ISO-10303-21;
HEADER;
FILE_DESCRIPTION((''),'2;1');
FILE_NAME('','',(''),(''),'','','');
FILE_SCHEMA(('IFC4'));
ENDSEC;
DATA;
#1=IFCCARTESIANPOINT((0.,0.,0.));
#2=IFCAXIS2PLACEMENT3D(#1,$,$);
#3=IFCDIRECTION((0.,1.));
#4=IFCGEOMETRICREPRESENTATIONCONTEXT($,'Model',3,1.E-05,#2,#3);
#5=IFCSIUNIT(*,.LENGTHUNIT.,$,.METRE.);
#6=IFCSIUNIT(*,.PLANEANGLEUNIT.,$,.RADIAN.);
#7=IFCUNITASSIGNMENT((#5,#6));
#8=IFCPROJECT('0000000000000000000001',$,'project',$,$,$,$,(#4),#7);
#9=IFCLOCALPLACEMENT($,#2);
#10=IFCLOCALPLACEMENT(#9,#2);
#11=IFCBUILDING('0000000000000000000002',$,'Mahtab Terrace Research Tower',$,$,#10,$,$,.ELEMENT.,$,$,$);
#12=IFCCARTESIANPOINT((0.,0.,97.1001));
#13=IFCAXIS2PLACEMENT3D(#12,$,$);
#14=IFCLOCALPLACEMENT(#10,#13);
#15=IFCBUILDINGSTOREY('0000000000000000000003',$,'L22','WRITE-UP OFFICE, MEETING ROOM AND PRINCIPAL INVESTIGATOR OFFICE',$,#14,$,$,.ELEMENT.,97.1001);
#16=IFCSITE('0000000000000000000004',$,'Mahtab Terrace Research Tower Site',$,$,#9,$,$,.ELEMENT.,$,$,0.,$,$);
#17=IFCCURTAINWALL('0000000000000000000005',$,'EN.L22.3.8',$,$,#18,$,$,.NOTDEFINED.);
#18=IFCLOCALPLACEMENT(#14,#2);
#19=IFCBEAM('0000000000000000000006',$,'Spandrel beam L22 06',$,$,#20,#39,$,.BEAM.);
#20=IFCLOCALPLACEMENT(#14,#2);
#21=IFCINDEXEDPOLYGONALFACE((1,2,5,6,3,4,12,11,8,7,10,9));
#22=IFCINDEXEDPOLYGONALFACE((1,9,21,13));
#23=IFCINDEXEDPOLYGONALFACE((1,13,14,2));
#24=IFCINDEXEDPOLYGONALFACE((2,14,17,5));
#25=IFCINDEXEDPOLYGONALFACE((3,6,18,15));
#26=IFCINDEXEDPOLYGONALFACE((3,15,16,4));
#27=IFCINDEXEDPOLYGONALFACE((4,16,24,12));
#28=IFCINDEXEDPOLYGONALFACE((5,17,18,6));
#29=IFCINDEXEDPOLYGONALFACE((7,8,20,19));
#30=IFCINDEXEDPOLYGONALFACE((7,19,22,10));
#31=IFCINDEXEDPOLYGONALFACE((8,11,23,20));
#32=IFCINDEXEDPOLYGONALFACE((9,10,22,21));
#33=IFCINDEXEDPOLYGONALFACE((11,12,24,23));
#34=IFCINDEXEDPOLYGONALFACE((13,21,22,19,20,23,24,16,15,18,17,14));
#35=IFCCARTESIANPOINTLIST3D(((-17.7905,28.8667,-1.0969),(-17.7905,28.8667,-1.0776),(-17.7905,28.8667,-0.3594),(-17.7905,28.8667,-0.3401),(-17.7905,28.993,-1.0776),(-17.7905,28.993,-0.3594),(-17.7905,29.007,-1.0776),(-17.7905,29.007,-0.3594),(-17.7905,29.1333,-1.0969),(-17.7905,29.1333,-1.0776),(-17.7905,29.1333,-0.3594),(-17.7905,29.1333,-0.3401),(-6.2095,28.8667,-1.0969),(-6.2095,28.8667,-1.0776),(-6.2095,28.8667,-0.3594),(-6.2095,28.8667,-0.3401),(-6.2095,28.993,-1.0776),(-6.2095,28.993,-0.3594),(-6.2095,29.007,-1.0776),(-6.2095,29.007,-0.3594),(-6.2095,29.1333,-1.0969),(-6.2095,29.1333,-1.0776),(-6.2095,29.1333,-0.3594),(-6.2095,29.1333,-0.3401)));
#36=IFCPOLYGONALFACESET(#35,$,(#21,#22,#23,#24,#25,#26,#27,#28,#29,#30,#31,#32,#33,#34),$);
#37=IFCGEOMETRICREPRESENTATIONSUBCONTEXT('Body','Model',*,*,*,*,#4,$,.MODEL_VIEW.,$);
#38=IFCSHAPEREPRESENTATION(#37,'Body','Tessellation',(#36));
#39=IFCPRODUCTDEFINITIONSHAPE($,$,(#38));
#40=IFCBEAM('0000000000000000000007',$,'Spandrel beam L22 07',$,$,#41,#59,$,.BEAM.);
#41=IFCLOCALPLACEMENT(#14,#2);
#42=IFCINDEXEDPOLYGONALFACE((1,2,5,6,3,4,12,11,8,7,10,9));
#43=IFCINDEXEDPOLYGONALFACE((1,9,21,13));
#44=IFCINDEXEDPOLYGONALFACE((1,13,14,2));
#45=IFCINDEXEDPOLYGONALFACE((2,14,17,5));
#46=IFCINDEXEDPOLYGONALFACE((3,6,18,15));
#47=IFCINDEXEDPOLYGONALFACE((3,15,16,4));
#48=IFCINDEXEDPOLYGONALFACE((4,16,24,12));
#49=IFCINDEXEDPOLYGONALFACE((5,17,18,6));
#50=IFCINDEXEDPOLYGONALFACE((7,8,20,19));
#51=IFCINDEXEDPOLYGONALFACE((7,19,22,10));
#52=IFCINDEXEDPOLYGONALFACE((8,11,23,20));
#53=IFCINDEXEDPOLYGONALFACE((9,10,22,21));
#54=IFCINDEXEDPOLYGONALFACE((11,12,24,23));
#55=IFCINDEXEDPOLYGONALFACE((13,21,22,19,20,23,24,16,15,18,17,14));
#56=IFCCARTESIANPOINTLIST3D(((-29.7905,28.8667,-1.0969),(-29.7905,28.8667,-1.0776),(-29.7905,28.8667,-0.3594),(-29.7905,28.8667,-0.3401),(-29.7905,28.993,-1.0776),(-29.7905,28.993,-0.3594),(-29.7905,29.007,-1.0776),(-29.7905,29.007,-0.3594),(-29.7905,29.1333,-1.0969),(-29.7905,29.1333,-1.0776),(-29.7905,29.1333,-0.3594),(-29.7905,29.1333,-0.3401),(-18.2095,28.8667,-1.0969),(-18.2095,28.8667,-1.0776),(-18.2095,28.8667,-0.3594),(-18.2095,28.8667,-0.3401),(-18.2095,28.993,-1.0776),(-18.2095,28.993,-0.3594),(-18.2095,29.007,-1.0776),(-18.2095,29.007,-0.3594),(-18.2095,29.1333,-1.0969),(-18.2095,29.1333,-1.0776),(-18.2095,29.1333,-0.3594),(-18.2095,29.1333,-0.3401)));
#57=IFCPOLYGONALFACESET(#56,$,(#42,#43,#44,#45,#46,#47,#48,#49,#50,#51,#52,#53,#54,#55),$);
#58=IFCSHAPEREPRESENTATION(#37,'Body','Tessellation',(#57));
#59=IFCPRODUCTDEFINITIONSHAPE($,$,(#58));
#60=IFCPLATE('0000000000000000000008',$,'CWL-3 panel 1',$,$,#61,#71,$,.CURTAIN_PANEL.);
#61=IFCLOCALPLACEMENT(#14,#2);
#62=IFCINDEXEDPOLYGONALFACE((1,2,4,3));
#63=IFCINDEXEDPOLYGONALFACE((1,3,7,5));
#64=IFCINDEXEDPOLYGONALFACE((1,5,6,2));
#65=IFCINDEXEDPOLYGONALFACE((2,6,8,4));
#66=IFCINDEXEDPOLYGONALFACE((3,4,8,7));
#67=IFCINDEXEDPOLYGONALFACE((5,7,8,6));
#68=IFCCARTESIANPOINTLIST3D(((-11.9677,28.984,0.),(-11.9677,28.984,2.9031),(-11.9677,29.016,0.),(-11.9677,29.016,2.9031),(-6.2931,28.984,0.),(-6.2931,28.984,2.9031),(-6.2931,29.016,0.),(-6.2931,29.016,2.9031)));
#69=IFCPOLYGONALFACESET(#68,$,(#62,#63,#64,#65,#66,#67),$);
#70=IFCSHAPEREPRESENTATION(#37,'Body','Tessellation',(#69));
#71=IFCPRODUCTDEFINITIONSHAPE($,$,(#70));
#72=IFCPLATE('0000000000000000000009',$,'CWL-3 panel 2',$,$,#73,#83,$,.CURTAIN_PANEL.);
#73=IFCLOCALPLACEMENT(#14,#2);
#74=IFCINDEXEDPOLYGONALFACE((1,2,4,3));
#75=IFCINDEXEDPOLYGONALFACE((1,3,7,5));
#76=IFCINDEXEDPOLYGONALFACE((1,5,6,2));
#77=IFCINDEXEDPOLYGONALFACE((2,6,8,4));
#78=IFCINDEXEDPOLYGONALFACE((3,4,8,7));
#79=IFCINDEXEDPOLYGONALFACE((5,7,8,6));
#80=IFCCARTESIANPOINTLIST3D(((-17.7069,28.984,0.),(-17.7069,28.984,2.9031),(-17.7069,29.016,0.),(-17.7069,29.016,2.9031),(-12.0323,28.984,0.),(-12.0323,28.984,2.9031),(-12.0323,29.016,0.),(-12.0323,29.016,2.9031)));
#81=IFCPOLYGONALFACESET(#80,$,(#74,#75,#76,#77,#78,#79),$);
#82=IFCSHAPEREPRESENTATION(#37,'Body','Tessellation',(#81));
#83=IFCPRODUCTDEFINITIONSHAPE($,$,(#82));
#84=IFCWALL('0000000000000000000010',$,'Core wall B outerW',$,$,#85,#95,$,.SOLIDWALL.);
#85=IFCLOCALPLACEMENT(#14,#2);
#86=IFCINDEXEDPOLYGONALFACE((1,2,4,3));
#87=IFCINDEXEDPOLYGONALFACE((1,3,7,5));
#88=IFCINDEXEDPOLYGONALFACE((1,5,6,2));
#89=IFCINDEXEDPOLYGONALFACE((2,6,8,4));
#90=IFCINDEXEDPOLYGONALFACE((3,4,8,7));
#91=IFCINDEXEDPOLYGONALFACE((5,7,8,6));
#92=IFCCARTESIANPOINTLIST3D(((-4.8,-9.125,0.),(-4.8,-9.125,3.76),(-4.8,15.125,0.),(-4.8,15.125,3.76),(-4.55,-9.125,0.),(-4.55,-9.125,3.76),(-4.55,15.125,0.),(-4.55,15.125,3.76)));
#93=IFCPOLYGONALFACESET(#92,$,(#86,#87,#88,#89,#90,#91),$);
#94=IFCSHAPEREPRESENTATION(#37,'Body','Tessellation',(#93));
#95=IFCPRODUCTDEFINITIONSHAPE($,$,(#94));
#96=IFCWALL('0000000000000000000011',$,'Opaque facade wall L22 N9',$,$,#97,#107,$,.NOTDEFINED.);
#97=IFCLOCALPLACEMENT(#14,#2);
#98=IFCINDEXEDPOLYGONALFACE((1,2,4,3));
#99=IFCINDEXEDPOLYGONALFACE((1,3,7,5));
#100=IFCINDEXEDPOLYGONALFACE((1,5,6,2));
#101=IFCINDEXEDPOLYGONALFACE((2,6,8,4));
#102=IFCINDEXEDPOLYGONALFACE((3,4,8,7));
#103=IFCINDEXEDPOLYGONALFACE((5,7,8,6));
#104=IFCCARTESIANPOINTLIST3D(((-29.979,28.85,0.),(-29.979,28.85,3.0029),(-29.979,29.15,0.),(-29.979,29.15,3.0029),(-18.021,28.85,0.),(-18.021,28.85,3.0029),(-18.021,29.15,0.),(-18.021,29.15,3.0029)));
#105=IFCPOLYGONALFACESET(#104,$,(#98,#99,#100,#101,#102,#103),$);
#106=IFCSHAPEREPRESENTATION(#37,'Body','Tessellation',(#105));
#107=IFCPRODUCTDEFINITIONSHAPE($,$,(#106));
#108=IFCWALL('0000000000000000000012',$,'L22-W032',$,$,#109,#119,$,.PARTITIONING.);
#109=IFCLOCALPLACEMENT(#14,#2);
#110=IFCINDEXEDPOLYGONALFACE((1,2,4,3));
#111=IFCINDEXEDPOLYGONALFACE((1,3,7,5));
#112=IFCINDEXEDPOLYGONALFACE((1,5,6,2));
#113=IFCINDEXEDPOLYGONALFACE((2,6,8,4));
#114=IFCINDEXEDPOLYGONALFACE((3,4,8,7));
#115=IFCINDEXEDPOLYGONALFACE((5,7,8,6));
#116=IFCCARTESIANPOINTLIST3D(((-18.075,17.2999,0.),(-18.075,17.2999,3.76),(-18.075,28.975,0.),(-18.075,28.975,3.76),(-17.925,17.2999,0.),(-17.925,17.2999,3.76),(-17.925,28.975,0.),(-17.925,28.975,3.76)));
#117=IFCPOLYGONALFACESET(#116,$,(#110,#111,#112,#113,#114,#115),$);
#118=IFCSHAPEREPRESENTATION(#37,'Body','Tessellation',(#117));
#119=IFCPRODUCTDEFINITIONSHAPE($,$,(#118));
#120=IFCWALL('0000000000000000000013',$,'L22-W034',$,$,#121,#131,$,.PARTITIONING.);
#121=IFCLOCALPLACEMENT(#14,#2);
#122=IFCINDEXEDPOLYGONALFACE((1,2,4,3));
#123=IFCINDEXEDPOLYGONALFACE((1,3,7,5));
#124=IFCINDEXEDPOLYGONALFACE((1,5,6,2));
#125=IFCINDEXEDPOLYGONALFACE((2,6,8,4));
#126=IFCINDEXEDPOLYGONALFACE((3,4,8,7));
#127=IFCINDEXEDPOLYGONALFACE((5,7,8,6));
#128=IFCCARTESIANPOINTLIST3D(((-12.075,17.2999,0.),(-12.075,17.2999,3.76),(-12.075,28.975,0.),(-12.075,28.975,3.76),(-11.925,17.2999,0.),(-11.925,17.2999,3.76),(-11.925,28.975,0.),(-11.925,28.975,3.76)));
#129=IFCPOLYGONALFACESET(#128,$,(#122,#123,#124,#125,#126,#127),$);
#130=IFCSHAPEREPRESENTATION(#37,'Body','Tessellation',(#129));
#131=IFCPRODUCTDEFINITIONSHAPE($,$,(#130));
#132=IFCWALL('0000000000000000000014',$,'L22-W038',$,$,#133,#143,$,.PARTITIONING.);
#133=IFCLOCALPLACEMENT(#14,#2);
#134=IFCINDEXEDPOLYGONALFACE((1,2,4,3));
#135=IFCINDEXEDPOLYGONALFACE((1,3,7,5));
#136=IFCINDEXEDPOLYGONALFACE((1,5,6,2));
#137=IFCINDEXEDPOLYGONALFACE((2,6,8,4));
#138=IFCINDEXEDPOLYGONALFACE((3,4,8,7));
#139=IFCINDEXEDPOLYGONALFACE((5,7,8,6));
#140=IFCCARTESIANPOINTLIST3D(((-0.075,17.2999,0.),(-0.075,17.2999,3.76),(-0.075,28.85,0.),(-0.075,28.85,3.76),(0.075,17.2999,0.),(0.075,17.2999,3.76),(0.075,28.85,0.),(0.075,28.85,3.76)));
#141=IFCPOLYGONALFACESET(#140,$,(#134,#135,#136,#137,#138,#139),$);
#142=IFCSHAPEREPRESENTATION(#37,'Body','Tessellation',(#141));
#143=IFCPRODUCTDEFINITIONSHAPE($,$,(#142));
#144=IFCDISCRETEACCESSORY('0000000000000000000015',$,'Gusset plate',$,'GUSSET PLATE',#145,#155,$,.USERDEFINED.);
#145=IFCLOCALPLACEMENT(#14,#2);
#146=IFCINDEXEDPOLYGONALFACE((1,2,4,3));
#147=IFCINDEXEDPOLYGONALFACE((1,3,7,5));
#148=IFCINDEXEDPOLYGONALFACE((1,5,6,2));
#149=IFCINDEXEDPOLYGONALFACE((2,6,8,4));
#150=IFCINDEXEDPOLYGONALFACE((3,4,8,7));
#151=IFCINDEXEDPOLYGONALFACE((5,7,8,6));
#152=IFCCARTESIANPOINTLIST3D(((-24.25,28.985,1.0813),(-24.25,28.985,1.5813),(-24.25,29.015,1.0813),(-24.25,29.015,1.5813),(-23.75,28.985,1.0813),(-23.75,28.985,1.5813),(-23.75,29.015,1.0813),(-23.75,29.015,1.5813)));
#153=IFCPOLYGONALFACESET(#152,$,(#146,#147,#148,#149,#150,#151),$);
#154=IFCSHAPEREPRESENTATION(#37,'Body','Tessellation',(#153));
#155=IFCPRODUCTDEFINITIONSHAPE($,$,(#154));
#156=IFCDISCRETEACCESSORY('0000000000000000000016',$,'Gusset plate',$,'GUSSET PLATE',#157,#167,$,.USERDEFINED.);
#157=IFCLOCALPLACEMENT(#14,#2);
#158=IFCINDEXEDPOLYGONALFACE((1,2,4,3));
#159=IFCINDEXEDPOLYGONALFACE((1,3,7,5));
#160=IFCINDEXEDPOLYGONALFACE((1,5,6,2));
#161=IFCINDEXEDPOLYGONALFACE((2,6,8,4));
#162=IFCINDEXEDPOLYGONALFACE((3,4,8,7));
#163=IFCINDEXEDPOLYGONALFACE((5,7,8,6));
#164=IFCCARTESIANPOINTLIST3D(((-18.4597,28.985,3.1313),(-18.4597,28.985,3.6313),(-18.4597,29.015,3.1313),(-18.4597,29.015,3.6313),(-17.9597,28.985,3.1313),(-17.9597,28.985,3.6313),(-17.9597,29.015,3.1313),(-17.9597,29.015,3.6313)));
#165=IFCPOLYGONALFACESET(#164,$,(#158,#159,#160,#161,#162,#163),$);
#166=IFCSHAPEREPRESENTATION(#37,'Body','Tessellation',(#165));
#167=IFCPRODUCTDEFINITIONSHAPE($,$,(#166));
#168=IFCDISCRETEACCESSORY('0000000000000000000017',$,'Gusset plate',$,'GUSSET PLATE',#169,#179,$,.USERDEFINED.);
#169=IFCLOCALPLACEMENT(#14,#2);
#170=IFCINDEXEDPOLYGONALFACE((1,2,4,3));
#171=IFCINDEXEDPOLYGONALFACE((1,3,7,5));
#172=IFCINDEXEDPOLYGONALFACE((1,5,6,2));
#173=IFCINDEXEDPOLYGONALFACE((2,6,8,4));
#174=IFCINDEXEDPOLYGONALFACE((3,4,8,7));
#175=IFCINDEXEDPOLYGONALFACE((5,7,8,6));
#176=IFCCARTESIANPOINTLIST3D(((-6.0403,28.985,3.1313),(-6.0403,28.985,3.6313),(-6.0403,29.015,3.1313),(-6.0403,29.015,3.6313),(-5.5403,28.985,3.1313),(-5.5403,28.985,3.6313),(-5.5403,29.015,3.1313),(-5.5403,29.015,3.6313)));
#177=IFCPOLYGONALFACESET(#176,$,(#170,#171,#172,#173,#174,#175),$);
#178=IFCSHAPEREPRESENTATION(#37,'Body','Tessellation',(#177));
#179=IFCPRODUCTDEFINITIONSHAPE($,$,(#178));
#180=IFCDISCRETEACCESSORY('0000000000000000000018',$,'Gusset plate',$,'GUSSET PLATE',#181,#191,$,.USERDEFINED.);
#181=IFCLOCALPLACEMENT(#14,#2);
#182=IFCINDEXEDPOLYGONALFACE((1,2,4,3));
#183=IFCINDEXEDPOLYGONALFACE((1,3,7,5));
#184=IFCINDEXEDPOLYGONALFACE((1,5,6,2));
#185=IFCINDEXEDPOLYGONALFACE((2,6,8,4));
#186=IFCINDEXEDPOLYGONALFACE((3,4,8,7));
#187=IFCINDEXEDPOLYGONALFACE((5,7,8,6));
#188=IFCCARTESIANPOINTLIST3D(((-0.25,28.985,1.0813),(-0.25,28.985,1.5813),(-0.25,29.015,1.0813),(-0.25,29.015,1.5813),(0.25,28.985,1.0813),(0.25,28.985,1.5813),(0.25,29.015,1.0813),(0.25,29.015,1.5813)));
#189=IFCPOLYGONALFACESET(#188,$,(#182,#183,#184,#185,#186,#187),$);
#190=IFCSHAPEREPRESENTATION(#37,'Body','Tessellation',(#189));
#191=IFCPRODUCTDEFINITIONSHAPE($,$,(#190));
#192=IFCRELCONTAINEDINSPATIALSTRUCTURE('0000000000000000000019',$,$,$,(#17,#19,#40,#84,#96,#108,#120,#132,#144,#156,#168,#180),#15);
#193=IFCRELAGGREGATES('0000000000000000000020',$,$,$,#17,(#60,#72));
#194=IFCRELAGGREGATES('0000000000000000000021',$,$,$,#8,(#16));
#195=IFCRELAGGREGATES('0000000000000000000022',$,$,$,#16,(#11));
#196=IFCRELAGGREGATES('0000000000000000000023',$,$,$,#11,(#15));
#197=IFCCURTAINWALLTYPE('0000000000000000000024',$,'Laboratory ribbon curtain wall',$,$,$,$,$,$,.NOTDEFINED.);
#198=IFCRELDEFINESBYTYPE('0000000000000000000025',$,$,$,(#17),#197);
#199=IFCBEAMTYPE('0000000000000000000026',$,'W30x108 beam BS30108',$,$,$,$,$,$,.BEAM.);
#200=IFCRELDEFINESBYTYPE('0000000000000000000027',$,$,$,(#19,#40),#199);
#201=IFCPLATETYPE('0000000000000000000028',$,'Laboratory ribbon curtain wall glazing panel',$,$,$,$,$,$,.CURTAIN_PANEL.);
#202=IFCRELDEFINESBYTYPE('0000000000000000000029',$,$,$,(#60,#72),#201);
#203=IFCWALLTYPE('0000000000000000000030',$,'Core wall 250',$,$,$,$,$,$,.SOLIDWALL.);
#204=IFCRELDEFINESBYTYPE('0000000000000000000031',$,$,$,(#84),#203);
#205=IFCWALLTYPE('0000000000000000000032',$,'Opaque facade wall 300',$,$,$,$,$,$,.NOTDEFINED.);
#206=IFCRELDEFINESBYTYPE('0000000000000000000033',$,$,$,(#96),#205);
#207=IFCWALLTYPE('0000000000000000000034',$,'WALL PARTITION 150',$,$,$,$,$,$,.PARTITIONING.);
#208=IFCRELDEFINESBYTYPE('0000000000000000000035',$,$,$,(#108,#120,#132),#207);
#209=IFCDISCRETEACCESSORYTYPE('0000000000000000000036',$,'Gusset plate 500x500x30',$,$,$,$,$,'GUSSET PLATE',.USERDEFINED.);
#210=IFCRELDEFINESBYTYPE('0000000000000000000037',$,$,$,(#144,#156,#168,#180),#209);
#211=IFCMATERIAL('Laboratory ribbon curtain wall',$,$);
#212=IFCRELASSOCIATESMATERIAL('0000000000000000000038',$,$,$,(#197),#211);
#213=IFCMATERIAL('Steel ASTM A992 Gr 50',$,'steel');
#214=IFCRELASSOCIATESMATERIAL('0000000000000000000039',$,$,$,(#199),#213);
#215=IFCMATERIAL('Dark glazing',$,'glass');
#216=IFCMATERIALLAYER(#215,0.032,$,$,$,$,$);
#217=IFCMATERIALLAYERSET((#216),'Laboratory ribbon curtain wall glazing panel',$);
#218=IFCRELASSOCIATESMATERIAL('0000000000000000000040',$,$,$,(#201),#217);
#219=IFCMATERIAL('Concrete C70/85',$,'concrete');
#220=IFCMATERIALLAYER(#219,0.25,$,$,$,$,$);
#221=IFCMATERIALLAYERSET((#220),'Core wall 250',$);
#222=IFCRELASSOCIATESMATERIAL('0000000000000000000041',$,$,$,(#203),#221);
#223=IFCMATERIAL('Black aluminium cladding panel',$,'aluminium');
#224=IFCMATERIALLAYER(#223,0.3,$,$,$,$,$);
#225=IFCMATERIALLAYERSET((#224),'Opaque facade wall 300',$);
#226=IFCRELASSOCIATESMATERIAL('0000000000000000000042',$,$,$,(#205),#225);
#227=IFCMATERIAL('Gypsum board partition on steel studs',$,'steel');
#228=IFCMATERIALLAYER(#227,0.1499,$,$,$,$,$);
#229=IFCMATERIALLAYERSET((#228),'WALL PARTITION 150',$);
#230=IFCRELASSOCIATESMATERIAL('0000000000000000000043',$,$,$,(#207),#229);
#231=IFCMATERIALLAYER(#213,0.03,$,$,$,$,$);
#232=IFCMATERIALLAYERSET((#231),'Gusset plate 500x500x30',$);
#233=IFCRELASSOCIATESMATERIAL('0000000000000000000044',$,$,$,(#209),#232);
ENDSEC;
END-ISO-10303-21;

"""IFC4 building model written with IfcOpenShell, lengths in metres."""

from ifc_helpers import new_model, si_unit, direction, frame, frame_2d, origin, origin_2d, place, context, subcontext, project, spatial, rectangle, i_section, extrude, material, layer, layer_set, material_profile, profile_set, type_object, element, aggregate, save


model = new_model("IFC4")

# Units and contexts
model_context = context("Model", 3, precision=1e-05, world=origin(), true_north=direction((0.0, 1.0)))
body_context = subcontext(model_context, "Body", "Model", "MODEL_VIEW")
ifc_project = project(units=[si_unit("LENGTHUNIT", "METRE"), si_unit("PLANEANGLEUNIT", "RADIAN")], contexts=[model_context])

# Site, building, storey
site_placement = place(None, origin())
site = spatial("IfcSite", under=ifc_project, at=site_placement, Name="Mahtab Terrace Research Tower Site", CompositionType="ELEMENT", RefElevation=0.0)
building_placement = place(site_placement, origin())
building = spatial("IfcBuilding", under=site, at=building_placement, Name="Mahtab Terrace Research Tower", CompositionType="ELEMENT")
storey_placement = place(building_placement, frame((0.0, 0.0, 97.1001)))
storey = spatial("IfcBuildingStorey", under=building, at=storey_placement, Name="L22", Description="WRITE-UP OFFICE, MEETING ROOM AND PRINCIPAL INVESTIGATOR OFFICE", CompositionType="ELEMENT", Elevation=97.1001)

# Shared definitions
ifc_material_1 = material(Name="Steel ASTM A992 Gr 50", Category="steel")

# Curtain wall
ifc_material_2 = material(Name="Laboratory ribbon curtain wall")
curtain_wall_type = type_object("IfcCurtainWallType", Name="Laboratory ribbon curtain wall", PredefinedType="NOTDEFINED", material=ifc_material_2)
curtain_wall_placement = place(storey_placement, origin())
curtain_wall = element("IfcCurtainWall", 1, at=curtain_wall_placement, inside=storey, type_object=curtain_wall_type, Name="EN.L22.3.8", PredefinedType="NOTDEFINED")

# Beams
ifc_material_profile_1 = material_profile(ifc_material_1, i_section(OverallWidth=0.2666, OverallDepth=0.7568, WebThickness=0.0139, FlangeThickness=0.0193, at=origin_2d()), Name="W30X108")
ifc_profile_set_1 = profile_set([ifc_material_profile_1], Name="Steel ASTM A992 Gr 50")
beam_type = type_object("IfcBeamType", Name="W30x108 beam BS30108", PredefinedType="BEAM", material=ifc_profile_set_1)
for number, where, z_axis, x_axis, name in (
    (2, (-6.2095, 29.0, -0.7185), (-1.0, 0.0, 0.0), (0.0, -1.0, 0.0), "Spandrel beam L22 06"),
    (3, (-18.2095, 29.0, -0.7185), (-1.0, 0.0, 0.0), (0.0, -1.0, 0.0), "Spandrel beam L22 07"),
):
    element("IfcBeam", number, at=place(storey_placement, frame(where, z_axis=z_axis, x_axis=x_axis)), inside=storey, type_object=beam_type, Name=name, PredefinedType="BEAM", context=body_context, shape_type="SweptSolid", body=[
        extrude(i_section(OverallWidth=0.2666, OverallDepth=0.7568, WebThickness=0.0139, FlangeThickness=0.0193, at=origin_2d()), origin(), (0.0, 0.0, 1.0), 11.5811),
    ])

# Plates
ifc_material_3 = material(Name="Dark glazing", Category="glass")
ifc_layer_1 = layer(ifc_material_3, 0.032)
ifc_layer_set_1 = layer_set([ifc_layer_1], Name="Laboratory ribbon curtain wall glazing panel")
plate_type = type_object("IfcPlateType", Name="Laboratory ribbon curtain wall glazing panel", PredefinedType="CURTAIN_PANEL", material=ifc_layer_set_1)
plate_1_placement = place(storey_placement, frame((-9.1304, 29.0, 0.0), z_axis=(0.0, 0.0, 1.0), x_axis=(-1.0, 0.0, 0.0)))
plate_1 = element("IfcPlate", 4, at=plate_1_placement, type_object=plate_type, Name="CWL-3 panel 1", PredefinedType="CURTAIN_PANEL", context=body_context, shape_type="SweptSolid", body=[
    extrude(rectangle(XDim=5.6746, YDim=0.032, at=origin_2d()), origin(), (0.0, 0.0, 1.0), 2.9031),
])
plate_2_placement = place(storey_placement, frame((-14.8696, 29.0, 0.0), z_axis=(0.0, 0.0, 1.0), x_axis=(-1.0, 0.0, 0.0)))
plate_2 = element("IfcPlate", 5, at=plate_2_placement, type_object=plate_type, Name="CWL-3 panel 2", PredefinedType="CURTAIN_PANEL", context=body_context, shape_type="SweptSolid", body=[
    extrude(rectangle(XDim=5.6746, YDim=0.032, at=origin_2d()), origin(), (0.0, 0.0, 1.0), 2.9031),
])
aggregate(curtain_wall, [plate_1, plate_2])

# Walls
ifc_material_4 = material(Name="Concrete C70/85", Category="concrete")
ifc_layer_2 = layer(ifc_material_4, 0.25)
ifc_layer_set_2 = layer_set([ifc_layer_2], Name="Core wall 250")
wall_type_1 = type_object("IfcWallType", Name="Core wall 250", PredefinedType="SOLIDWALL", material=ifc_layer_set_2)
wall_1_placement = place(storey_placement, frame((-4.675, 15.125, 0.0), z_axis=(0.0, 0.0, 1.0), x_axis=(0.0, -1.0, 0.0)))
element("IfcWall", 6, at=wall_1_placement, inside=storey, type_object=wall_type_1, Name="Core wall B outerW", PredefinedType="SOLIDWALL", context=body_context, shape_type="SweptSolid", body=[
    extrude(rectangle(XDim=24.25, YDim=0.25, at=frame_2d((12.125, 0.0))), origin(), (0.0, 0.0, 1.0), 3.76),
])
ifc_material_5 = material(Name="Black aluminium cladding panel", Category="aluminium")
ifc_layer_3 = layer(ifc_material_5, 0.3)
ifc_layer_set_3 = layer_set([ifc_layer_3], Name="Opaque facade wall 300")
wall_type_2 = type_object("IfcWallType", Name="Opaque facade wall 300", PredefinedType="NOTDEFINED", material=ifc_layer_set_3)
wall_2_placement = place(storey_placement, frame((-18.021, 29.0, 0.0), z_axis=(0.0, 0.0, 1.0), x_axis=(-1.0, 0.0, 0.0)))
element("IfcWall", 7, at=wall_2_placement, inside=storey, type_object=wall_type_2, Name="Opaque facade wall L22 N9", PredefinedType="NOTDEFINED", context=body_context, shape_type="SweptSolid", body=[
    extrude(rectangle(XDim=11.958, YDim=0.3, at=frame_2d((5.979, 0.0))), origin(), (0.0, 0.0, 1.0), 3.0029),
])
ifc_material_6 = material(Name="Gypsum board partition on steel studs", Category="steel")
ifc_layer_4 = layer(ifc_material_6, 0.1499)
ifc_layer_set_4 = layer_set([ifc_layer_4], Name="WALL PARTITION 150")
wall_type_3 = type_object("IfcWallType", Name="WALL PARTITION 150", PredefinedType="PARTITIONING", material=ifc_layer_set_4)
for number, where, z_axis, x_axis, name in (
    (8, (-18.0, 17.3, 0.0), (0.0, 0.0, 1.0), (0.0, 1.0, 0.0), "L22-W032"),
    (9, (-12.0, 17.3, 0.0), (0.0, 0.0, 1.0), (0.0, 1.0, 0.0), "L22-W034"),
):
    element("IfcWall", number, at=place(storey_placement, frame(where, z_axis=z_axis, x_axis=x_axis)), inside=storey, type_object=wall_type_3, Name=name, PredefinedType="PARTITIONING", context=body_context, shape_type="SweptSolid", body=[
        extrude(rectangle(XDim=11.675, YDim=0.1499, at=frame_2d((5.8374, 0.0))), origin(), (0.0, 0.0, 1.0), 3.76),
    ])
wall_3_placement = place(storey_placement, frame((0.0, 17.3, 0.0), z_axis=(0.0, 0.0, 1.0), x_axis=(0.0, 1.0, 0.0)))
element("IfcWall", 10, at=wall_3_placement, inside=storey, type_object=wall_type_3, Name="L22-W038", PredefinedType="PARTITIONING", context=body_context, shape_type="SweptSolid", body=[
    extrude(rectangle(XDim=11.55, YDim=0.1499, at=frame_2d((5.7749, 0.0))), origin(), (0.0, 0.0, 1.0), 3.76),
])

# Discrete accessories
ifc_layer_5 = layer(ifc_material_1, 0.03)
ifc_layer_set_5 = layer_set([ifc_layer_5], Name="Gusset plate 500x500x30")
discrete_accessory_type = type_object("IfcDiscreteAccessoryType", Name="Gusset plate 500x500x30", ElementType="GUSSET PLATE", PredefinedType="USERDEFINED", material=ifc_layer_set_5)
for number, where, z_axis, x_axis, name in (
    (11, (-24.0, 29.0, 1.0813), (0.0, 0.0, 1.0), (1.0, 0.0, 0.0), "Gusset plate"),
    (12, (-18.2097, 29.0, 3.1313), (0.0, 0.0, 1.0), (1.0, 0.0, 0.0), "Gusset plate"),
    (13, (-5.7903, 29.0, 3.1313), (0.0, 0.0, 1.0), (1.0, 0.0, 0.0), "Gusset plate"),
    (14, (0.0, 29.0, 1.0813), (0.0, 0.0, 1.0), (1.0, 0.0, 0.0), "Gusset plate"),
):
    element("IfcDiscreteAccessory", number, at=place(storey_placement, frame(where, z_axis=z_axis, x_axis=x_axis)), inside=storey, type_object=discrete_accessory_type, Name=name, ObjectType="GUSSET PLATE", PredefinedType="USERDEFINED", context=body_context, shape_type="SweptSolid", body=[
        extrude(rectangle(XDim=0.5, YDim=0.03, at=origin_2d()), origin(), (0.0, 0.0, 1.0), 0.5),
    ])

save(model, "model.ifc")
